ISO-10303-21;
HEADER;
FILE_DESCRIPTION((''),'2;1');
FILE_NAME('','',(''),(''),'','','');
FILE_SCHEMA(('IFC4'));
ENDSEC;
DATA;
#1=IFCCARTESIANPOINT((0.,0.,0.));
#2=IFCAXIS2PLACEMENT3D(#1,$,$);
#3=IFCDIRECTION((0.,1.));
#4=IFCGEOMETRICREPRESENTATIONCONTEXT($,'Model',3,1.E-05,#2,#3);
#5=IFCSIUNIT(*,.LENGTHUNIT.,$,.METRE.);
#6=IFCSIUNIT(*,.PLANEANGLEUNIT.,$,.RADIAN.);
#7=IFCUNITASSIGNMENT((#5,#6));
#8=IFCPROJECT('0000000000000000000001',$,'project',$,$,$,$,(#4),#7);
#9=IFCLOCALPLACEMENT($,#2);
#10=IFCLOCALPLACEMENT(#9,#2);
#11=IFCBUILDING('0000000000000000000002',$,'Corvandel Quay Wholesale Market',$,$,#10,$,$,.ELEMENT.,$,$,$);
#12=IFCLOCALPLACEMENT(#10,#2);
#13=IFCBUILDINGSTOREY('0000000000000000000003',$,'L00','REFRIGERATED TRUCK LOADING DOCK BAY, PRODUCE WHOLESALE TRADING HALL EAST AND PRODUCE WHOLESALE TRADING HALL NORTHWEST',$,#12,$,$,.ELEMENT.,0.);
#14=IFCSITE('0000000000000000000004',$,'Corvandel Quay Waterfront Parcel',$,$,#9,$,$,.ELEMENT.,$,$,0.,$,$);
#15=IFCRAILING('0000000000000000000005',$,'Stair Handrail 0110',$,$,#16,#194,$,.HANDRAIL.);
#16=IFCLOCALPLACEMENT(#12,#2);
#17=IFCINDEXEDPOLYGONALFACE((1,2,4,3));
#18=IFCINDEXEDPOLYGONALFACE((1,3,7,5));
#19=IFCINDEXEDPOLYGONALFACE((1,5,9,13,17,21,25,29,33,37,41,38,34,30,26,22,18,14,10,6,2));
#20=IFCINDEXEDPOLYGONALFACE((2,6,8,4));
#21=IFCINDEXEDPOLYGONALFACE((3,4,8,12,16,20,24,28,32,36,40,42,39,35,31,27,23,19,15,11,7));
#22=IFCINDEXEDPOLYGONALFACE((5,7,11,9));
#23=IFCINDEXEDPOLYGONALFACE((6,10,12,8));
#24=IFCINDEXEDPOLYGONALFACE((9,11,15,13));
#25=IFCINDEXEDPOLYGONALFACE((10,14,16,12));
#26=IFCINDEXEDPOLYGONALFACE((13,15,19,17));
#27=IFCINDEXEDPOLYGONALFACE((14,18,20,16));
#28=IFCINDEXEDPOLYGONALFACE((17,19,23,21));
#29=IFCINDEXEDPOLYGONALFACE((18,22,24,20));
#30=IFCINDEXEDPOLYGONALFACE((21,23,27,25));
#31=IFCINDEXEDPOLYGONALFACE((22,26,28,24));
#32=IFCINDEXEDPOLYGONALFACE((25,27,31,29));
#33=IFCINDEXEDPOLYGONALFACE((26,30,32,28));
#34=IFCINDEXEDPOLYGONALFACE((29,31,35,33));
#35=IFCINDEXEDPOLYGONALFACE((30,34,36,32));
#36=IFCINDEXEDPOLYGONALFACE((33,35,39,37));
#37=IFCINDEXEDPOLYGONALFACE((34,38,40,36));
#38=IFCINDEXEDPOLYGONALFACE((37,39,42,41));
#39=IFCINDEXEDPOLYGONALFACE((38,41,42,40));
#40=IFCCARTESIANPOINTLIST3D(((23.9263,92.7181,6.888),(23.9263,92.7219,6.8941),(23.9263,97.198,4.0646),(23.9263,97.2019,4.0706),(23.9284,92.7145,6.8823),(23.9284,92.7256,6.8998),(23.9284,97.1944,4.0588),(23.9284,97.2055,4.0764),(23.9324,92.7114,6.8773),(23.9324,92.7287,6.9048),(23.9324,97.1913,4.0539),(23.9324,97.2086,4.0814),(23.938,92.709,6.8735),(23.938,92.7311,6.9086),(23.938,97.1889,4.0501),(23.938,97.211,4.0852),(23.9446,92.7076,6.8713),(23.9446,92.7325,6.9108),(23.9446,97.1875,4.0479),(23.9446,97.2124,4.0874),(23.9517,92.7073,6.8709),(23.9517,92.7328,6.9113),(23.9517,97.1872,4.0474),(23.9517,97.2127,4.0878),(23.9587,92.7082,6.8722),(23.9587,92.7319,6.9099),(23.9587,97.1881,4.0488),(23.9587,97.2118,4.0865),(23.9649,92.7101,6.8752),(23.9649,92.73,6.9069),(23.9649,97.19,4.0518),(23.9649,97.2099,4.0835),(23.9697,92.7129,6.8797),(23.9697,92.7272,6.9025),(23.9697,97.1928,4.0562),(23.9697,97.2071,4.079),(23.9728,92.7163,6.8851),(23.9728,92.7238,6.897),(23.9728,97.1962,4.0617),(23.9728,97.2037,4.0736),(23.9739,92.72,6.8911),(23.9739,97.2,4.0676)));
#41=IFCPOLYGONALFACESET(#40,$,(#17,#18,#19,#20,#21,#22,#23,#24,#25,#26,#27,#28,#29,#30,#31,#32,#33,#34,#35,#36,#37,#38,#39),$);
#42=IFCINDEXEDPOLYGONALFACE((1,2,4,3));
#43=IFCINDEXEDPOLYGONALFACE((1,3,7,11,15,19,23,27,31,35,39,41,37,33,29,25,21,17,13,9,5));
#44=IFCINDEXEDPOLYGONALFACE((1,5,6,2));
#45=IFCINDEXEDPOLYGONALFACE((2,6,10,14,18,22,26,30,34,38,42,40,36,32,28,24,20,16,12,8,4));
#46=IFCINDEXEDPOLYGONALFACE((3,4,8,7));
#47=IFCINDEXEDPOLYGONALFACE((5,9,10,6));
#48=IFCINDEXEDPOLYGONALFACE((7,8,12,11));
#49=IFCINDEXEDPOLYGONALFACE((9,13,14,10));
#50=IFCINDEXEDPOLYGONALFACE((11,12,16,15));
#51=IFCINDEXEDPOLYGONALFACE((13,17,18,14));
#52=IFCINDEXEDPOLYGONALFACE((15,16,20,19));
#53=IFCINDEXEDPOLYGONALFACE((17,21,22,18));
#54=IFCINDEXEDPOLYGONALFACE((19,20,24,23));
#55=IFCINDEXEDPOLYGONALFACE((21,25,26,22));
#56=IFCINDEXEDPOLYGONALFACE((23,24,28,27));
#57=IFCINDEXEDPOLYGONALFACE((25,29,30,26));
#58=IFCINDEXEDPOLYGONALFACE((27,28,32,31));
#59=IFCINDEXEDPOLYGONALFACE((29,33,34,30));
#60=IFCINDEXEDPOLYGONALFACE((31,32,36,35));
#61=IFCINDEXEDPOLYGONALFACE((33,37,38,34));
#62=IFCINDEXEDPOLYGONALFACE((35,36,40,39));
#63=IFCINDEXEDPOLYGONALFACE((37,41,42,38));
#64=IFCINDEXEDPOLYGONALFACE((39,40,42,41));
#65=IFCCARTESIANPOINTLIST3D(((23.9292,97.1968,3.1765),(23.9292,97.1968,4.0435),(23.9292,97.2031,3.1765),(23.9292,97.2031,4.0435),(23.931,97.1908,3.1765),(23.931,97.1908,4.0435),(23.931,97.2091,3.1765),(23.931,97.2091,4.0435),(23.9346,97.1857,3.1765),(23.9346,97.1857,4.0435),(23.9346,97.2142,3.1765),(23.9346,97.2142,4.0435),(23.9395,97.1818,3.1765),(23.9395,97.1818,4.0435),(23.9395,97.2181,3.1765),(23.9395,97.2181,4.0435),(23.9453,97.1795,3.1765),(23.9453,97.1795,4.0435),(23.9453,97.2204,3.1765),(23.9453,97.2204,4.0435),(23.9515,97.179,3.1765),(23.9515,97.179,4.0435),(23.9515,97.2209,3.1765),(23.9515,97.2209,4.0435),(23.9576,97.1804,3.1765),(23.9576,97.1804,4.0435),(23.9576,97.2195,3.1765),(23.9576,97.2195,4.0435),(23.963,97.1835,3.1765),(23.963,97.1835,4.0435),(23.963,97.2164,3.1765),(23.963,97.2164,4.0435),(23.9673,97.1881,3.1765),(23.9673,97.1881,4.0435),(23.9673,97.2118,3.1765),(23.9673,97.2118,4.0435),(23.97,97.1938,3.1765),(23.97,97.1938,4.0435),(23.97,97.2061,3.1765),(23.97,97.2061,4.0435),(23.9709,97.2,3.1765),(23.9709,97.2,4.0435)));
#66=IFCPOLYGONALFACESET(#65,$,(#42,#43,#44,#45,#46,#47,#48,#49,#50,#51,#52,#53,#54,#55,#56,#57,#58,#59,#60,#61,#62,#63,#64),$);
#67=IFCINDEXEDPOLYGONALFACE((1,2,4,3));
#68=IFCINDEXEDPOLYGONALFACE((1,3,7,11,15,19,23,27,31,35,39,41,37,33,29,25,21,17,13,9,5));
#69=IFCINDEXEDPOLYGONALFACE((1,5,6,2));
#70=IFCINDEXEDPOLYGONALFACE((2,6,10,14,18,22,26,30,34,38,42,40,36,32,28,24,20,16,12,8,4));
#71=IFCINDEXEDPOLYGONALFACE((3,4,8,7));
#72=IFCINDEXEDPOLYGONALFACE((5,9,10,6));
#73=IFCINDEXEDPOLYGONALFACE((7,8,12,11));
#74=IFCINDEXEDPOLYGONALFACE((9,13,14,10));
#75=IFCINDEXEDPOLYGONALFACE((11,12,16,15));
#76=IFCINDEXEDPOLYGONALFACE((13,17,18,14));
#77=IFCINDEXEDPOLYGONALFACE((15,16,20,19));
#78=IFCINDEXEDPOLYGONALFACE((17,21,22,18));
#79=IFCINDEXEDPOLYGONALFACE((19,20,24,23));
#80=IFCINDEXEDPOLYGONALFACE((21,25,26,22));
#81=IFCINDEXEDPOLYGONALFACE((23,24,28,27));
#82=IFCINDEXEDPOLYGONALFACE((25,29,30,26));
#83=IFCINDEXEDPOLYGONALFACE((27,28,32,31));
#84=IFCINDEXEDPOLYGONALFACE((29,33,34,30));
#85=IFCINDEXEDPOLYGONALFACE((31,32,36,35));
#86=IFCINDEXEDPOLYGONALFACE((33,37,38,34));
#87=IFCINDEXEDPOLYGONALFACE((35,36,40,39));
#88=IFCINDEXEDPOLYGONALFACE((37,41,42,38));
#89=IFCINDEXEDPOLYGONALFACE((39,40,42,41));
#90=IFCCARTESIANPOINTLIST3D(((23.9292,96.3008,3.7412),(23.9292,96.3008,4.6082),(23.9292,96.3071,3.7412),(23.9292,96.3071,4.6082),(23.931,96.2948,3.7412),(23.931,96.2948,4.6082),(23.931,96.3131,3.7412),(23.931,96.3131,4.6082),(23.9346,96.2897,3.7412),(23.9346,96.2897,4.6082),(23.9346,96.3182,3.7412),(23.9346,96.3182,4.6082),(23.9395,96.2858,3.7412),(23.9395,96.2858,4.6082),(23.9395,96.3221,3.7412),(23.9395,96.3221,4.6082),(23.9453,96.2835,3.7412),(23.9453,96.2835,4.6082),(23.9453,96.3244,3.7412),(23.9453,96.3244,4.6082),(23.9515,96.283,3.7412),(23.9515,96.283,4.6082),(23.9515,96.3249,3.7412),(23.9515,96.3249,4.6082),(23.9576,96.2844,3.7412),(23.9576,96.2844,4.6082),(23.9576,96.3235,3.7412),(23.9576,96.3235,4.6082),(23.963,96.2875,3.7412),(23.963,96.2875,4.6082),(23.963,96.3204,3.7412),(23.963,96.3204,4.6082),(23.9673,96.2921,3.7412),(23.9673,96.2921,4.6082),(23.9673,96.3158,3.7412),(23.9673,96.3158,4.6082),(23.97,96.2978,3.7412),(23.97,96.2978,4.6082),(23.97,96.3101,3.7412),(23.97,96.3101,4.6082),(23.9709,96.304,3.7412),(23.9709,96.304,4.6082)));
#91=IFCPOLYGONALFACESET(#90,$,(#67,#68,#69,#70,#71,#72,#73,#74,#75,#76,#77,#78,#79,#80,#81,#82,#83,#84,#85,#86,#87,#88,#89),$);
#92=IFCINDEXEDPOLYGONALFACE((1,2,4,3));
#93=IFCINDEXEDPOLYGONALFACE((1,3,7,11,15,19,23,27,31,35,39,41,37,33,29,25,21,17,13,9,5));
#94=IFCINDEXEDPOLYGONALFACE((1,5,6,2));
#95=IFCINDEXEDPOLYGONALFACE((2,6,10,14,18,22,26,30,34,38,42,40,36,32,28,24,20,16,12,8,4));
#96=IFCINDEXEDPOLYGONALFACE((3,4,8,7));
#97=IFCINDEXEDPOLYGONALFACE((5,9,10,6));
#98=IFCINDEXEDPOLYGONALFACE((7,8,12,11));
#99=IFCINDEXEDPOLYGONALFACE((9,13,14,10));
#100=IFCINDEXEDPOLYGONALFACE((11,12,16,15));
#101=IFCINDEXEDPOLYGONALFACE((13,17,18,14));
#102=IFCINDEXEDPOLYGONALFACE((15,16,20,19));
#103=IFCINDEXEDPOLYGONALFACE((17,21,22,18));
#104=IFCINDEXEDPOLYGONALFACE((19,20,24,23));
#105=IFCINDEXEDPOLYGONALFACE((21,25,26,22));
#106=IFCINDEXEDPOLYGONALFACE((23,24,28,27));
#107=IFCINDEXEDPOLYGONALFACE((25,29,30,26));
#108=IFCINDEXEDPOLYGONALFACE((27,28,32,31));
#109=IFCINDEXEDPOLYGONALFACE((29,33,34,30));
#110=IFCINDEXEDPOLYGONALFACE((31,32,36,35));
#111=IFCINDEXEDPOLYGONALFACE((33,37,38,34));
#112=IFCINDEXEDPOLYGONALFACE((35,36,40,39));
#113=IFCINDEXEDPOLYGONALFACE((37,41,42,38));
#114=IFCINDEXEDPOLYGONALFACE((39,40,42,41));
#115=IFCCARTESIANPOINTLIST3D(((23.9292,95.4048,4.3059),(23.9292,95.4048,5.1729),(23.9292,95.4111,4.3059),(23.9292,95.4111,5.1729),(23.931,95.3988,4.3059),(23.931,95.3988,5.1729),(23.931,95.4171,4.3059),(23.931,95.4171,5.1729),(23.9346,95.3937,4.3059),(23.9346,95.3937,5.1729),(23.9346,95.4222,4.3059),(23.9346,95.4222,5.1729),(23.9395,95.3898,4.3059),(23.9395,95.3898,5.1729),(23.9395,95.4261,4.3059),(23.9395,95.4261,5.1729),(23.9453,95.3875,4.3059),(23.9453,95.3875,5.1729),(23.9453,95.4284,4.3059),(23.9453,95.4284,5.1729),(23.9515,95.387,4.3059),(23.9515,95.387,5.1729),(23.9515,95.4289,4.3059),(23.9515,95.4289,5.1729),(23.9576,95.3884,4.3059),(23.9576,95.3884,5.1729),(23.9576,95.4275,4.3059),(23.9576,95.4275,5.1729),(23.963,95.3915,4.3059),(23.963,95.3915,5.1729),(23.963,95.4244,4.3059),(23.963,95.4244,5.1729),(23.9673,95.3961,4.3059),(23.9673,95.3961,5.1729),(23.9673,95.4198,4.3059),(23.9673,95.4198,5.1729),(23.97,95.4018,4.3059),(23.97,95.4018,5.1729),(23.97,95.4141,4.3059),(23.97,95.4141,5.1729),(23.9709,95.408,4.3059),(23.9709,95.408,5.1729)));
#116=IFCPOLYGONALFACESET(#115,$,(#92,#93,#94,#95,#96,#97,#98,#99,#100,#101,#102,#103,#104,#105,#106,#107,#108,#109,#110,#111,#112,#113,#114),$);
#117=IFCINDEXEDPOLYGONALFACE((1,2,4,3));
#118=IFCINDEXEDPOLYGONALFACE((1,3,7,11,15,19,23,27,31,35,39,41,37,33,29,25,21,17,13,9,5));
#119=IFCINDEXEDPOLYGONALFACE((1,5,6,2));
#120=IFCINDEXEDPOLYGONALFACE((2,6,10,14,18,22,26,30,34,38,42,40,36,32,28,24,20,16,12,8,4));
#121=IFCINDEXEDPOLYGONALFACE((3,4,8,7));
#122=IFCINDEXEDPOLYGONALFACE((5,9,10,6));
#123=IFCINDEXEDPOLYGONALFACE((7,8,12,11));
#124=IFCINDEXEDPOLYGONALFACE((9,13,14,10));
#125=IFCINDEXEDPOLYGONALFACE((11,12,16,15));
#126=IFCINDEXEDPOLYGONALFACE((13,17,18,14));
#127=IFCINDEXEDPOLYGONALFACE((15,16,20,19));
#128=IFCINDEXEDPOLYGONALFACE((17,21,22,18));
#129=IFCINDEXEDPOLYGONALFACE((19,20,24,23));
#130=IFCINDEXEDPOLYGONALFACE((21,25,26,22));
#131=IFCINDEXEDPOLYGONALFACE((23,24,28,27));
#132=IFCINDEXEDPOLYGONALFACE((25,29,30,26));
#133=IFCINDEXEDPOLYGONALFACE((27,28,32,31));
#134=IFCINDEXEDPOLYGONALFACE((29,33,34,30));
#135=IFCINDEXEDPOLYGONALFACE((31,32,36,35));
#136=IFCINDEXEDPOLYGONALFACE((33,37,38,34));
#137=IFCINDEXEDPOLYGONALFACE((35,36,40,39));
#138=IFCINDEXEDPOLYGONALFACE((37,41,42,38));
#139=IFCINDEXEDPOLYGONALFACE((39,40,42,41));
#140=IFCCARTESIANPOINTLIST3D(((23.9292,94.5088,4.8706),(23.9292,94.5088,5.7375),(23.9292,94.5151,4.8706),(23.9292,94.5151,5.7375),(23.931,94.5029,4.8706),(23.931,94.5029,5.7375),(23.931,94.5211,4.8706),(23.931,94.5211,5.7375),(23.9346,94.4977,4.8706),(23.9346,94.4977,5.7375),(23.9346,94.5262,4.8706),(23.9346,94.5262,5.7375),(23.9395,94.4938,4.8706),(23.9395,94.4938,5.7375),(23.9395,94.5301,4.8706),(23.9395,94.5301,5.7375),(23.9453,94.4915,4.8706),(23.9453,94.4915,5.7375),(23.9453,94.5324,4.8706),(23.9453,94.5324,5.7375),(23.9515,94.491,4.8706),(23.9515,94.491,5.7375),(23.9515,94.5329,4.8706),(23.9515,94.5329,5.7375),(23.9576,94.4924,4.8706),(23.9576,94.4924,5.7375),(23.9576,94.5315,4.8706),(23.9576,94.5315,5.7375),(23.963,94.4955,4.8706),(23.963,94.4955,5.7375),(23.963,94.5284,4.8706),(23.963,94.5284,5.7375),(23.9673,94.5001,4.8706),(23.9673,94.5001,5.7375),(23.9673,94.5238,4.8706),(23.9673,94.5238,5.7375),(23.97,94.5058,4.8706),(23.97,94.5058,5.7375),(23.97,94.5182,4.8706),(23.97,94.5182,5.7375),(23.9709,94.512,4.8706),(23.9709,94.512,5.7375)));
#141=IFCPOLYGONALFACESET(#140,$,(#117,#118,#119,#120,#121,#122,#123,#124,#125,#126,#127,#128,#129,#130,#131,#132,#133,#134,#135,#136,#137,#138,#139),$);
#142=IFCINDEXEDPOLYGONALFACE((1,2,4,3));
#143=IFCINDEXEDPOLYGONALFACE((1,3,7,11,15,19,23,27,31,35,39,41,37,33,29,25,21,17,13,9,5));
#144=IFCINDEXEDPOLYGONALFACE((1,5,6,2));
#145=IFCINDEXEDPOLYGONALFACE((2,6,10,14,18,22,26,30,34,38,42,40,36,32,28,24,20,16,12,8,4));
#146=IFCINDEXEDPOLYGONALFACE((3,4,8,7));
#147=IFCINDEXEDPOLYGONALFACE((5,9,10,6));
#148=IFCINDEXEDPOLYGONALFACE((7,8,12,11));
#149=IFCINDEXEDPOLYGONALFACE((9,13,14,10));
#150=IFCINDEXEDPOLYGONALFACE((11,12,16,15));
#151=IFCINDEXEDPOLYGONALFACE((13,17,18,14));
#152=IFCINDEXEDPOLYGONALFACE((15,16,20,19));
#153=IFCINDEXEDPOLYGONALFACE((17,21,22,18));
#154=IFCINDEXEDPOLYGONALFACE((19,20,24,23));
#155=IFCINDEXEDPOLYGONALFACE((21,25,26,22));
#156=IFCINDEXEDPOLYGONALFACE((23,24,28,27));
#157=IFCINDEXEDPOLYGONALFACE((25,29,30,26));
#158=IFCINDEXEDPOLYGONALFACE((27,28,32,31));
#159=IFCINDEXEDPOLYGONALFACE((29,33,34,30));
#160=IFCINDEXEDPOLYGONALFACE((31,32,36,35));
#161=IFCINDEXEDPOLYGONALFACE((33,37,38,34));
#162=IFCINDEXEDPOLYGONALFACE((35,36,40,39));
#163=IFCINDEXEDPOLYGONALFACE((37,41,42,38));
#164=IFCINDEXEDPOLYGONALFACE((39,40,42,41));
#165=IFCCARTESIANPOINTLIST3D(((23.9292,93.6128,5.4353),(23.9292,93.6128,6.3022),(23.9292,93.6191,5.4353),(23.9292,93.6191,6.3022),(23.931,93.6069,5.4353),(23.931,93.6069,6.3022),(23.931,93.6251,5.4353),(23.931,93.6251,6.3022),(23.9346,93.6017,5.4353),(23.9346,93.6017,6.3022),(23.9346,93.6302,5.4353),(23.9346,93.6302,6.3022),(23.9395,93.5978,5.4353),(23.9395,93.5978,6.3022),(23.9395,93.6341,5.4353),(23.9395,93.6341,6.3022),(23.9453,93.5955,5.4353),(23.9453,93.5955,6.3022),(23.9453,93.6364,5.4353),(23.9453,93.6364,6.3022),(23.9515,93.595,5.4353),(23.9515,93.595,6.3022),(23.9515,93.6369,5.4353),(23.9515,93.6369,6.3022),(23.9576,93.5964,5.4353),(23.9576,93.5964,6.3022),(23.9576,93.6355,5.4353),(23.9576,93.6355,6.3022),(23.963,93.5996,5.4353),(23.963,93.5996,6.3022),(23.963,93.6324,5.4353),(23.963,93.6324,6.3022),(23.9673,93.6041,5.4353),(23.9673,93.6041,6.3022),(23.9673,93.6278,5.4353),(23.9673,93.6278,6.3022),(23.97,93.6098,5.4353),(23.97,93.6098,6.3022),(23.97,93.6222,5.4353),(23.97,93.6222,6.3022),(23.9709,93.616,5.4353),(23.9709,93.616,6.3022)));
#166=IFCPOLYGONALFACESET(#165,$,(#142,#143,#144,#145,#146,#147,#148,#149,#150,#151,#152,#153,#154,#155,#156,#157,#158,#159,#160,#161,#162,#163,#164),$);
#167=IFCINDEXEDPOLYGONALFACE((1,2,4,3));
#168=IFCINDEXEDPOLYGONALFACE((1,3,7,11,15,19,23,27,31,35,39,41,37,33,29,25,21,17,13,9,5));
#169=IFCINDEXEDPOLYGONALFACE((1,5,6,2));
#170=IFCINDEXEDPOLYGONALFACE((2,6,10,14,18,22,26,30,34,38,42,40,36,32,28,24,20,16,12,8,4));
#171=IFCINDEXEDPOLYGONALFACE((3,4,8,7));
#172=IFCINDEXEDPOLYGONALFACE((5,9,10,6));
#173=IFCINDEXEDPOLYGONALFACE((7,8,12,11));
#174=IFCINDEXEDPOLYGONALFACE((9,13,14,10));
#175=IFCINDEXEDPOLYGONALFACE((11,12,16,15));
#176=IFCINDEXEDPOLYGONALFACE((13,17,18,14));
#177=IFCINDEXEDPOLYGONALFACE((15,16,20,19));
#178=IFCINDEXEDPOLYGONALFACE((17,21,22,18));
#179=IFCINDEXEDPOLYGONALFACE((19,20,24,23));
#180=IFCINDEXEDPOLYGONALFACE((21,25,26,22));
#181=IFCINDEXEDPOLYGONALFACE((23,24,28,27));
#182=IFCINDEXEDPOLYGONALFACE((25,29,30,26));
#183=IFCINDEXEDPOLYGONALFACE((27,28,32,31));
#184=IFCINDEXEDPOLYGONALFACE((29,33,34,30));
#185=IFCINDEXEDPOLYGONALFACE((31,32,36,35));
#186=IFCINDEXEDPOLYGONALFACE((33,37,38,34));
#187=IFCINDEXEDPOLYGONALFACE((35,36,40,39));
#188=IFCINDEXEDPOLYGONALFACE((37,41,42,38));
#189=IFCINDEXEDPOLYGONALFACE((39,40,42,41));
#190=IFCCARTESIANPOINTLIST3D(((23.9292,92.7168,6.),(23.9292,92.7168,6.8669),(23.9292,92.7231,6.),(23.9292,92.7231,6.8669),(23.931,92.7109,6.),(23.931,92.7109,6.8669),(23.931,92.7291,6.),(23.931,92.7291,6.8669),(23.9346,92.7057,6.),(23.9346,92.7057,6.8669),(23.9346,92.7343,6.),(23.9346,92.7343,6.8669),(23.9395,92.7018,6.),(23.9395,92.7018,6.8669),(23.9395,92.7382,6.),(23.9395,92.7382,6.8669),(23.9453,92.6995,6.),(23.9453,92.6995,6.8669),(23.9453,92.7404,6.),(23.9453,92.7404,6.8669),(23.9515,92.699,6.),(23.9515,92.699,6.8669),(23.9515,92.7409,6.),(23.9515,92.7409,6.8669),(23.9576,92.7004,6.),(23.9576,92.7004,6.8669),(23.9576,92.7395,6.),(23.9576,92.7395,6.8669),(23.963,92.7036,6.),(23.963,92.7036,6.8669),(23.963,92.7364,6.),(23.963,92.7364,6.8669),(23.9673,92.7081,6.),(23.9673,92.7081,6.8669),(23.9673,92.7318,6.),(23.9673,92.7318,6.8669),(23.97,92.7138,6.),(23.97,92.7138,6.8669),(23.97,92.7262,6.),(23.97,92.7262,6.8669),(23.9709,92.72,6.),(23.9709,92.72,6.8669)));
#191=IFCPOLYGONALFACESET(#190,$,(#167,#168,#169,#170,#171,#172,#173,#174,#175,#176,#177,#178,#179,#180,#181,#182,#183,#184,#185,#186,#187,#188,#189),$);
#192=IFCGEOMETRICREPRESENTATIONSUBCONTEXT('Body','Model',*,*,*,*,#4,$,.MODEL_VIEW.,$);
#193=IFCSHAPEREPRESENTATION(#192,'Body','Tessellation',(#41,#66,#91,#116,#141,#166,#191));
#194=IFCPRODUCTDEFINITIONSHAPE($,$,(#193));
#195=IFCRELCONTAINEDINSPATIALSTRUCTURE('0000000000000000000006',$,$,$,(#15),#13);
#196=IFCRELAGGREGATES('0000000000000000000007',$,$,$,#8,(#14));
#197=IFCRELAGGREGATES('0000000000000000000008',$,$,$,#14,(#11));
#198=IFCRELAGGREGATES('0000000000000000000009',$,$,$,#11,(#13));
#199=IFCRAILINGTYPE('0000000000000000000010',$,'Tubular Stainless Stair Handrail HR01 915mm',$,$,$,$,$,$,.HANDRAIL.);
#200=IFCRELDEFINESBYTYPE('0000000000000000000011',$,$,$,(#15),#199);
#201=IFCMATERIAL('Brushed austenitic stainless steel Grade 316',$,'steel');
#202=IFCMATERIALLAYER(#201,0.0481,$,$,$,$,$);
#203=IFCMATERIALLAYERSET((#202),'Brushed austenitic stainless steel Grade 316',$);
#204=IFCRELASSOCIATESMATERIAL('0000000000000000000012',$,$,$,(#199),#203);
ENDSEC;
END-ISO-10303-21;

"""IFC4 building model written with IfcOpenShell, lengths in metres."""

from ifc_helpers import new_model, si_unit, direction, frame, origin, origin_2d, place, context, subcontext, project, spatial, circle, extrude, material, layer, layer_set, type_object, element, save


model = new_model("IFC4")

# Units and contexts
model_context = context("Model", 3, precision=1e-05, world=origin(), true_north=direction((0.0, 1.0)))
body_context = subcontext(model_context, "Body", "Model", "MODEL_VIEW")
ifc_project = project(units=[si_unit("LENGTHUNIT", "METRE"), si_unit("PLANEANGLEUNIT", "RADIAN")], contexts=[model_context])

# Site, building, storey
site_placement = place(None, origin())
site = spatial("IfcSite", under=ifc_project, at=site_placement, Name="Corvandel Quay Waterfront Parcel", CompositionType="ELEMENT", RefElevation=0.0)
building_placement = place(site_placement, origin())
building = spatial("IfcBuilding", under=site, at=building_placement, Name="Corvandel Quay Wholesale Market", CompositionType="ELEMENT")
storey_placement = place(building_placement, origin())
storey = spatial("IfcBuildingStorey", under=building, at=storey_placement, Name="L00", Description="REFRIGERATED TRUCK LOADING DOCK BAY, PRODUCE WHOLESALE TRADING HALL EAST AND PRODUCE WHOLESALE TRADING HALL NORTHWEST", CompositionType="ELEMENT", Elevation=0.0)

# Railing
ifc_material_1 = material(Name="Brushed austenitic stainless steel Grade 316", Category="steel")
ifc_layer_1 = layer(ifc_material_1, 0.0481)
ifc_layer_set_1 = layer_set([ifc_layer_1], Name="Brushed austenitic stainless steel Grade 316")
railing_type_1 = type_object("IfcRailingType", Name="Tubular Stainless Stair Handrail HR01 915mm", PredefinedType="HANDRAIL", material=ifc_layer_set_1)
railing_1_placement = place(storey_placement, frame((23.95, 97.2, 3.1765)))
element("IfcRailing", 1, at=railing_1_placement, inside=storey, type_object=railing_type_1, Name="Stair Handrail 0110", PredefinedType="HANDRAIL", context=body_context, shape_type="SweptSolid", body=[
    extrude(circle(Radius=0.0239, at=origin_2d()), frame((0.0, 0.0, 0.8911), z_axis=(0.0, -0.845998, 0.533186), x_axis=(1.0, 0.0, 0.0)), (0.0, 0.0, 1.0), 5.2954),
    extrude(circle(Radius=0.021, at=origin_2d()), origin(), (0.0, 0.0, 1.0), 0.8669),
    extrude(circle(Radius=0.021, at=origin_2d()), frame((0.0, -0.896, 0.5647)), (0.0, 0.0, 1.0), 0.8669),
    extrude(circle(Radius=0.021, at=origin_2d()), frame((0.0, -1.792, 1.1294)), (0.0, 0.0, 1.0), 0.8669),
    extrude(circle(Radius=0.021, at=origin_2d()), frame((0.0, -2.688, 1.6941)), (0.0, 0.0, 1.0), 0.8669),
    extrude(circle(Radius=0.021, at=origin_2d()), frame((0.0, -3.584, 2.2588)), (0.0, 0.0, 1.0), 0.8669),
    extrude(circle(Radius=0.021, at=origin_2d()), frame((0.0, -4.48, 2.8235)), (0.0, 0.0, 1.0), 0.8669),
])

save(model, "model.ifc")
